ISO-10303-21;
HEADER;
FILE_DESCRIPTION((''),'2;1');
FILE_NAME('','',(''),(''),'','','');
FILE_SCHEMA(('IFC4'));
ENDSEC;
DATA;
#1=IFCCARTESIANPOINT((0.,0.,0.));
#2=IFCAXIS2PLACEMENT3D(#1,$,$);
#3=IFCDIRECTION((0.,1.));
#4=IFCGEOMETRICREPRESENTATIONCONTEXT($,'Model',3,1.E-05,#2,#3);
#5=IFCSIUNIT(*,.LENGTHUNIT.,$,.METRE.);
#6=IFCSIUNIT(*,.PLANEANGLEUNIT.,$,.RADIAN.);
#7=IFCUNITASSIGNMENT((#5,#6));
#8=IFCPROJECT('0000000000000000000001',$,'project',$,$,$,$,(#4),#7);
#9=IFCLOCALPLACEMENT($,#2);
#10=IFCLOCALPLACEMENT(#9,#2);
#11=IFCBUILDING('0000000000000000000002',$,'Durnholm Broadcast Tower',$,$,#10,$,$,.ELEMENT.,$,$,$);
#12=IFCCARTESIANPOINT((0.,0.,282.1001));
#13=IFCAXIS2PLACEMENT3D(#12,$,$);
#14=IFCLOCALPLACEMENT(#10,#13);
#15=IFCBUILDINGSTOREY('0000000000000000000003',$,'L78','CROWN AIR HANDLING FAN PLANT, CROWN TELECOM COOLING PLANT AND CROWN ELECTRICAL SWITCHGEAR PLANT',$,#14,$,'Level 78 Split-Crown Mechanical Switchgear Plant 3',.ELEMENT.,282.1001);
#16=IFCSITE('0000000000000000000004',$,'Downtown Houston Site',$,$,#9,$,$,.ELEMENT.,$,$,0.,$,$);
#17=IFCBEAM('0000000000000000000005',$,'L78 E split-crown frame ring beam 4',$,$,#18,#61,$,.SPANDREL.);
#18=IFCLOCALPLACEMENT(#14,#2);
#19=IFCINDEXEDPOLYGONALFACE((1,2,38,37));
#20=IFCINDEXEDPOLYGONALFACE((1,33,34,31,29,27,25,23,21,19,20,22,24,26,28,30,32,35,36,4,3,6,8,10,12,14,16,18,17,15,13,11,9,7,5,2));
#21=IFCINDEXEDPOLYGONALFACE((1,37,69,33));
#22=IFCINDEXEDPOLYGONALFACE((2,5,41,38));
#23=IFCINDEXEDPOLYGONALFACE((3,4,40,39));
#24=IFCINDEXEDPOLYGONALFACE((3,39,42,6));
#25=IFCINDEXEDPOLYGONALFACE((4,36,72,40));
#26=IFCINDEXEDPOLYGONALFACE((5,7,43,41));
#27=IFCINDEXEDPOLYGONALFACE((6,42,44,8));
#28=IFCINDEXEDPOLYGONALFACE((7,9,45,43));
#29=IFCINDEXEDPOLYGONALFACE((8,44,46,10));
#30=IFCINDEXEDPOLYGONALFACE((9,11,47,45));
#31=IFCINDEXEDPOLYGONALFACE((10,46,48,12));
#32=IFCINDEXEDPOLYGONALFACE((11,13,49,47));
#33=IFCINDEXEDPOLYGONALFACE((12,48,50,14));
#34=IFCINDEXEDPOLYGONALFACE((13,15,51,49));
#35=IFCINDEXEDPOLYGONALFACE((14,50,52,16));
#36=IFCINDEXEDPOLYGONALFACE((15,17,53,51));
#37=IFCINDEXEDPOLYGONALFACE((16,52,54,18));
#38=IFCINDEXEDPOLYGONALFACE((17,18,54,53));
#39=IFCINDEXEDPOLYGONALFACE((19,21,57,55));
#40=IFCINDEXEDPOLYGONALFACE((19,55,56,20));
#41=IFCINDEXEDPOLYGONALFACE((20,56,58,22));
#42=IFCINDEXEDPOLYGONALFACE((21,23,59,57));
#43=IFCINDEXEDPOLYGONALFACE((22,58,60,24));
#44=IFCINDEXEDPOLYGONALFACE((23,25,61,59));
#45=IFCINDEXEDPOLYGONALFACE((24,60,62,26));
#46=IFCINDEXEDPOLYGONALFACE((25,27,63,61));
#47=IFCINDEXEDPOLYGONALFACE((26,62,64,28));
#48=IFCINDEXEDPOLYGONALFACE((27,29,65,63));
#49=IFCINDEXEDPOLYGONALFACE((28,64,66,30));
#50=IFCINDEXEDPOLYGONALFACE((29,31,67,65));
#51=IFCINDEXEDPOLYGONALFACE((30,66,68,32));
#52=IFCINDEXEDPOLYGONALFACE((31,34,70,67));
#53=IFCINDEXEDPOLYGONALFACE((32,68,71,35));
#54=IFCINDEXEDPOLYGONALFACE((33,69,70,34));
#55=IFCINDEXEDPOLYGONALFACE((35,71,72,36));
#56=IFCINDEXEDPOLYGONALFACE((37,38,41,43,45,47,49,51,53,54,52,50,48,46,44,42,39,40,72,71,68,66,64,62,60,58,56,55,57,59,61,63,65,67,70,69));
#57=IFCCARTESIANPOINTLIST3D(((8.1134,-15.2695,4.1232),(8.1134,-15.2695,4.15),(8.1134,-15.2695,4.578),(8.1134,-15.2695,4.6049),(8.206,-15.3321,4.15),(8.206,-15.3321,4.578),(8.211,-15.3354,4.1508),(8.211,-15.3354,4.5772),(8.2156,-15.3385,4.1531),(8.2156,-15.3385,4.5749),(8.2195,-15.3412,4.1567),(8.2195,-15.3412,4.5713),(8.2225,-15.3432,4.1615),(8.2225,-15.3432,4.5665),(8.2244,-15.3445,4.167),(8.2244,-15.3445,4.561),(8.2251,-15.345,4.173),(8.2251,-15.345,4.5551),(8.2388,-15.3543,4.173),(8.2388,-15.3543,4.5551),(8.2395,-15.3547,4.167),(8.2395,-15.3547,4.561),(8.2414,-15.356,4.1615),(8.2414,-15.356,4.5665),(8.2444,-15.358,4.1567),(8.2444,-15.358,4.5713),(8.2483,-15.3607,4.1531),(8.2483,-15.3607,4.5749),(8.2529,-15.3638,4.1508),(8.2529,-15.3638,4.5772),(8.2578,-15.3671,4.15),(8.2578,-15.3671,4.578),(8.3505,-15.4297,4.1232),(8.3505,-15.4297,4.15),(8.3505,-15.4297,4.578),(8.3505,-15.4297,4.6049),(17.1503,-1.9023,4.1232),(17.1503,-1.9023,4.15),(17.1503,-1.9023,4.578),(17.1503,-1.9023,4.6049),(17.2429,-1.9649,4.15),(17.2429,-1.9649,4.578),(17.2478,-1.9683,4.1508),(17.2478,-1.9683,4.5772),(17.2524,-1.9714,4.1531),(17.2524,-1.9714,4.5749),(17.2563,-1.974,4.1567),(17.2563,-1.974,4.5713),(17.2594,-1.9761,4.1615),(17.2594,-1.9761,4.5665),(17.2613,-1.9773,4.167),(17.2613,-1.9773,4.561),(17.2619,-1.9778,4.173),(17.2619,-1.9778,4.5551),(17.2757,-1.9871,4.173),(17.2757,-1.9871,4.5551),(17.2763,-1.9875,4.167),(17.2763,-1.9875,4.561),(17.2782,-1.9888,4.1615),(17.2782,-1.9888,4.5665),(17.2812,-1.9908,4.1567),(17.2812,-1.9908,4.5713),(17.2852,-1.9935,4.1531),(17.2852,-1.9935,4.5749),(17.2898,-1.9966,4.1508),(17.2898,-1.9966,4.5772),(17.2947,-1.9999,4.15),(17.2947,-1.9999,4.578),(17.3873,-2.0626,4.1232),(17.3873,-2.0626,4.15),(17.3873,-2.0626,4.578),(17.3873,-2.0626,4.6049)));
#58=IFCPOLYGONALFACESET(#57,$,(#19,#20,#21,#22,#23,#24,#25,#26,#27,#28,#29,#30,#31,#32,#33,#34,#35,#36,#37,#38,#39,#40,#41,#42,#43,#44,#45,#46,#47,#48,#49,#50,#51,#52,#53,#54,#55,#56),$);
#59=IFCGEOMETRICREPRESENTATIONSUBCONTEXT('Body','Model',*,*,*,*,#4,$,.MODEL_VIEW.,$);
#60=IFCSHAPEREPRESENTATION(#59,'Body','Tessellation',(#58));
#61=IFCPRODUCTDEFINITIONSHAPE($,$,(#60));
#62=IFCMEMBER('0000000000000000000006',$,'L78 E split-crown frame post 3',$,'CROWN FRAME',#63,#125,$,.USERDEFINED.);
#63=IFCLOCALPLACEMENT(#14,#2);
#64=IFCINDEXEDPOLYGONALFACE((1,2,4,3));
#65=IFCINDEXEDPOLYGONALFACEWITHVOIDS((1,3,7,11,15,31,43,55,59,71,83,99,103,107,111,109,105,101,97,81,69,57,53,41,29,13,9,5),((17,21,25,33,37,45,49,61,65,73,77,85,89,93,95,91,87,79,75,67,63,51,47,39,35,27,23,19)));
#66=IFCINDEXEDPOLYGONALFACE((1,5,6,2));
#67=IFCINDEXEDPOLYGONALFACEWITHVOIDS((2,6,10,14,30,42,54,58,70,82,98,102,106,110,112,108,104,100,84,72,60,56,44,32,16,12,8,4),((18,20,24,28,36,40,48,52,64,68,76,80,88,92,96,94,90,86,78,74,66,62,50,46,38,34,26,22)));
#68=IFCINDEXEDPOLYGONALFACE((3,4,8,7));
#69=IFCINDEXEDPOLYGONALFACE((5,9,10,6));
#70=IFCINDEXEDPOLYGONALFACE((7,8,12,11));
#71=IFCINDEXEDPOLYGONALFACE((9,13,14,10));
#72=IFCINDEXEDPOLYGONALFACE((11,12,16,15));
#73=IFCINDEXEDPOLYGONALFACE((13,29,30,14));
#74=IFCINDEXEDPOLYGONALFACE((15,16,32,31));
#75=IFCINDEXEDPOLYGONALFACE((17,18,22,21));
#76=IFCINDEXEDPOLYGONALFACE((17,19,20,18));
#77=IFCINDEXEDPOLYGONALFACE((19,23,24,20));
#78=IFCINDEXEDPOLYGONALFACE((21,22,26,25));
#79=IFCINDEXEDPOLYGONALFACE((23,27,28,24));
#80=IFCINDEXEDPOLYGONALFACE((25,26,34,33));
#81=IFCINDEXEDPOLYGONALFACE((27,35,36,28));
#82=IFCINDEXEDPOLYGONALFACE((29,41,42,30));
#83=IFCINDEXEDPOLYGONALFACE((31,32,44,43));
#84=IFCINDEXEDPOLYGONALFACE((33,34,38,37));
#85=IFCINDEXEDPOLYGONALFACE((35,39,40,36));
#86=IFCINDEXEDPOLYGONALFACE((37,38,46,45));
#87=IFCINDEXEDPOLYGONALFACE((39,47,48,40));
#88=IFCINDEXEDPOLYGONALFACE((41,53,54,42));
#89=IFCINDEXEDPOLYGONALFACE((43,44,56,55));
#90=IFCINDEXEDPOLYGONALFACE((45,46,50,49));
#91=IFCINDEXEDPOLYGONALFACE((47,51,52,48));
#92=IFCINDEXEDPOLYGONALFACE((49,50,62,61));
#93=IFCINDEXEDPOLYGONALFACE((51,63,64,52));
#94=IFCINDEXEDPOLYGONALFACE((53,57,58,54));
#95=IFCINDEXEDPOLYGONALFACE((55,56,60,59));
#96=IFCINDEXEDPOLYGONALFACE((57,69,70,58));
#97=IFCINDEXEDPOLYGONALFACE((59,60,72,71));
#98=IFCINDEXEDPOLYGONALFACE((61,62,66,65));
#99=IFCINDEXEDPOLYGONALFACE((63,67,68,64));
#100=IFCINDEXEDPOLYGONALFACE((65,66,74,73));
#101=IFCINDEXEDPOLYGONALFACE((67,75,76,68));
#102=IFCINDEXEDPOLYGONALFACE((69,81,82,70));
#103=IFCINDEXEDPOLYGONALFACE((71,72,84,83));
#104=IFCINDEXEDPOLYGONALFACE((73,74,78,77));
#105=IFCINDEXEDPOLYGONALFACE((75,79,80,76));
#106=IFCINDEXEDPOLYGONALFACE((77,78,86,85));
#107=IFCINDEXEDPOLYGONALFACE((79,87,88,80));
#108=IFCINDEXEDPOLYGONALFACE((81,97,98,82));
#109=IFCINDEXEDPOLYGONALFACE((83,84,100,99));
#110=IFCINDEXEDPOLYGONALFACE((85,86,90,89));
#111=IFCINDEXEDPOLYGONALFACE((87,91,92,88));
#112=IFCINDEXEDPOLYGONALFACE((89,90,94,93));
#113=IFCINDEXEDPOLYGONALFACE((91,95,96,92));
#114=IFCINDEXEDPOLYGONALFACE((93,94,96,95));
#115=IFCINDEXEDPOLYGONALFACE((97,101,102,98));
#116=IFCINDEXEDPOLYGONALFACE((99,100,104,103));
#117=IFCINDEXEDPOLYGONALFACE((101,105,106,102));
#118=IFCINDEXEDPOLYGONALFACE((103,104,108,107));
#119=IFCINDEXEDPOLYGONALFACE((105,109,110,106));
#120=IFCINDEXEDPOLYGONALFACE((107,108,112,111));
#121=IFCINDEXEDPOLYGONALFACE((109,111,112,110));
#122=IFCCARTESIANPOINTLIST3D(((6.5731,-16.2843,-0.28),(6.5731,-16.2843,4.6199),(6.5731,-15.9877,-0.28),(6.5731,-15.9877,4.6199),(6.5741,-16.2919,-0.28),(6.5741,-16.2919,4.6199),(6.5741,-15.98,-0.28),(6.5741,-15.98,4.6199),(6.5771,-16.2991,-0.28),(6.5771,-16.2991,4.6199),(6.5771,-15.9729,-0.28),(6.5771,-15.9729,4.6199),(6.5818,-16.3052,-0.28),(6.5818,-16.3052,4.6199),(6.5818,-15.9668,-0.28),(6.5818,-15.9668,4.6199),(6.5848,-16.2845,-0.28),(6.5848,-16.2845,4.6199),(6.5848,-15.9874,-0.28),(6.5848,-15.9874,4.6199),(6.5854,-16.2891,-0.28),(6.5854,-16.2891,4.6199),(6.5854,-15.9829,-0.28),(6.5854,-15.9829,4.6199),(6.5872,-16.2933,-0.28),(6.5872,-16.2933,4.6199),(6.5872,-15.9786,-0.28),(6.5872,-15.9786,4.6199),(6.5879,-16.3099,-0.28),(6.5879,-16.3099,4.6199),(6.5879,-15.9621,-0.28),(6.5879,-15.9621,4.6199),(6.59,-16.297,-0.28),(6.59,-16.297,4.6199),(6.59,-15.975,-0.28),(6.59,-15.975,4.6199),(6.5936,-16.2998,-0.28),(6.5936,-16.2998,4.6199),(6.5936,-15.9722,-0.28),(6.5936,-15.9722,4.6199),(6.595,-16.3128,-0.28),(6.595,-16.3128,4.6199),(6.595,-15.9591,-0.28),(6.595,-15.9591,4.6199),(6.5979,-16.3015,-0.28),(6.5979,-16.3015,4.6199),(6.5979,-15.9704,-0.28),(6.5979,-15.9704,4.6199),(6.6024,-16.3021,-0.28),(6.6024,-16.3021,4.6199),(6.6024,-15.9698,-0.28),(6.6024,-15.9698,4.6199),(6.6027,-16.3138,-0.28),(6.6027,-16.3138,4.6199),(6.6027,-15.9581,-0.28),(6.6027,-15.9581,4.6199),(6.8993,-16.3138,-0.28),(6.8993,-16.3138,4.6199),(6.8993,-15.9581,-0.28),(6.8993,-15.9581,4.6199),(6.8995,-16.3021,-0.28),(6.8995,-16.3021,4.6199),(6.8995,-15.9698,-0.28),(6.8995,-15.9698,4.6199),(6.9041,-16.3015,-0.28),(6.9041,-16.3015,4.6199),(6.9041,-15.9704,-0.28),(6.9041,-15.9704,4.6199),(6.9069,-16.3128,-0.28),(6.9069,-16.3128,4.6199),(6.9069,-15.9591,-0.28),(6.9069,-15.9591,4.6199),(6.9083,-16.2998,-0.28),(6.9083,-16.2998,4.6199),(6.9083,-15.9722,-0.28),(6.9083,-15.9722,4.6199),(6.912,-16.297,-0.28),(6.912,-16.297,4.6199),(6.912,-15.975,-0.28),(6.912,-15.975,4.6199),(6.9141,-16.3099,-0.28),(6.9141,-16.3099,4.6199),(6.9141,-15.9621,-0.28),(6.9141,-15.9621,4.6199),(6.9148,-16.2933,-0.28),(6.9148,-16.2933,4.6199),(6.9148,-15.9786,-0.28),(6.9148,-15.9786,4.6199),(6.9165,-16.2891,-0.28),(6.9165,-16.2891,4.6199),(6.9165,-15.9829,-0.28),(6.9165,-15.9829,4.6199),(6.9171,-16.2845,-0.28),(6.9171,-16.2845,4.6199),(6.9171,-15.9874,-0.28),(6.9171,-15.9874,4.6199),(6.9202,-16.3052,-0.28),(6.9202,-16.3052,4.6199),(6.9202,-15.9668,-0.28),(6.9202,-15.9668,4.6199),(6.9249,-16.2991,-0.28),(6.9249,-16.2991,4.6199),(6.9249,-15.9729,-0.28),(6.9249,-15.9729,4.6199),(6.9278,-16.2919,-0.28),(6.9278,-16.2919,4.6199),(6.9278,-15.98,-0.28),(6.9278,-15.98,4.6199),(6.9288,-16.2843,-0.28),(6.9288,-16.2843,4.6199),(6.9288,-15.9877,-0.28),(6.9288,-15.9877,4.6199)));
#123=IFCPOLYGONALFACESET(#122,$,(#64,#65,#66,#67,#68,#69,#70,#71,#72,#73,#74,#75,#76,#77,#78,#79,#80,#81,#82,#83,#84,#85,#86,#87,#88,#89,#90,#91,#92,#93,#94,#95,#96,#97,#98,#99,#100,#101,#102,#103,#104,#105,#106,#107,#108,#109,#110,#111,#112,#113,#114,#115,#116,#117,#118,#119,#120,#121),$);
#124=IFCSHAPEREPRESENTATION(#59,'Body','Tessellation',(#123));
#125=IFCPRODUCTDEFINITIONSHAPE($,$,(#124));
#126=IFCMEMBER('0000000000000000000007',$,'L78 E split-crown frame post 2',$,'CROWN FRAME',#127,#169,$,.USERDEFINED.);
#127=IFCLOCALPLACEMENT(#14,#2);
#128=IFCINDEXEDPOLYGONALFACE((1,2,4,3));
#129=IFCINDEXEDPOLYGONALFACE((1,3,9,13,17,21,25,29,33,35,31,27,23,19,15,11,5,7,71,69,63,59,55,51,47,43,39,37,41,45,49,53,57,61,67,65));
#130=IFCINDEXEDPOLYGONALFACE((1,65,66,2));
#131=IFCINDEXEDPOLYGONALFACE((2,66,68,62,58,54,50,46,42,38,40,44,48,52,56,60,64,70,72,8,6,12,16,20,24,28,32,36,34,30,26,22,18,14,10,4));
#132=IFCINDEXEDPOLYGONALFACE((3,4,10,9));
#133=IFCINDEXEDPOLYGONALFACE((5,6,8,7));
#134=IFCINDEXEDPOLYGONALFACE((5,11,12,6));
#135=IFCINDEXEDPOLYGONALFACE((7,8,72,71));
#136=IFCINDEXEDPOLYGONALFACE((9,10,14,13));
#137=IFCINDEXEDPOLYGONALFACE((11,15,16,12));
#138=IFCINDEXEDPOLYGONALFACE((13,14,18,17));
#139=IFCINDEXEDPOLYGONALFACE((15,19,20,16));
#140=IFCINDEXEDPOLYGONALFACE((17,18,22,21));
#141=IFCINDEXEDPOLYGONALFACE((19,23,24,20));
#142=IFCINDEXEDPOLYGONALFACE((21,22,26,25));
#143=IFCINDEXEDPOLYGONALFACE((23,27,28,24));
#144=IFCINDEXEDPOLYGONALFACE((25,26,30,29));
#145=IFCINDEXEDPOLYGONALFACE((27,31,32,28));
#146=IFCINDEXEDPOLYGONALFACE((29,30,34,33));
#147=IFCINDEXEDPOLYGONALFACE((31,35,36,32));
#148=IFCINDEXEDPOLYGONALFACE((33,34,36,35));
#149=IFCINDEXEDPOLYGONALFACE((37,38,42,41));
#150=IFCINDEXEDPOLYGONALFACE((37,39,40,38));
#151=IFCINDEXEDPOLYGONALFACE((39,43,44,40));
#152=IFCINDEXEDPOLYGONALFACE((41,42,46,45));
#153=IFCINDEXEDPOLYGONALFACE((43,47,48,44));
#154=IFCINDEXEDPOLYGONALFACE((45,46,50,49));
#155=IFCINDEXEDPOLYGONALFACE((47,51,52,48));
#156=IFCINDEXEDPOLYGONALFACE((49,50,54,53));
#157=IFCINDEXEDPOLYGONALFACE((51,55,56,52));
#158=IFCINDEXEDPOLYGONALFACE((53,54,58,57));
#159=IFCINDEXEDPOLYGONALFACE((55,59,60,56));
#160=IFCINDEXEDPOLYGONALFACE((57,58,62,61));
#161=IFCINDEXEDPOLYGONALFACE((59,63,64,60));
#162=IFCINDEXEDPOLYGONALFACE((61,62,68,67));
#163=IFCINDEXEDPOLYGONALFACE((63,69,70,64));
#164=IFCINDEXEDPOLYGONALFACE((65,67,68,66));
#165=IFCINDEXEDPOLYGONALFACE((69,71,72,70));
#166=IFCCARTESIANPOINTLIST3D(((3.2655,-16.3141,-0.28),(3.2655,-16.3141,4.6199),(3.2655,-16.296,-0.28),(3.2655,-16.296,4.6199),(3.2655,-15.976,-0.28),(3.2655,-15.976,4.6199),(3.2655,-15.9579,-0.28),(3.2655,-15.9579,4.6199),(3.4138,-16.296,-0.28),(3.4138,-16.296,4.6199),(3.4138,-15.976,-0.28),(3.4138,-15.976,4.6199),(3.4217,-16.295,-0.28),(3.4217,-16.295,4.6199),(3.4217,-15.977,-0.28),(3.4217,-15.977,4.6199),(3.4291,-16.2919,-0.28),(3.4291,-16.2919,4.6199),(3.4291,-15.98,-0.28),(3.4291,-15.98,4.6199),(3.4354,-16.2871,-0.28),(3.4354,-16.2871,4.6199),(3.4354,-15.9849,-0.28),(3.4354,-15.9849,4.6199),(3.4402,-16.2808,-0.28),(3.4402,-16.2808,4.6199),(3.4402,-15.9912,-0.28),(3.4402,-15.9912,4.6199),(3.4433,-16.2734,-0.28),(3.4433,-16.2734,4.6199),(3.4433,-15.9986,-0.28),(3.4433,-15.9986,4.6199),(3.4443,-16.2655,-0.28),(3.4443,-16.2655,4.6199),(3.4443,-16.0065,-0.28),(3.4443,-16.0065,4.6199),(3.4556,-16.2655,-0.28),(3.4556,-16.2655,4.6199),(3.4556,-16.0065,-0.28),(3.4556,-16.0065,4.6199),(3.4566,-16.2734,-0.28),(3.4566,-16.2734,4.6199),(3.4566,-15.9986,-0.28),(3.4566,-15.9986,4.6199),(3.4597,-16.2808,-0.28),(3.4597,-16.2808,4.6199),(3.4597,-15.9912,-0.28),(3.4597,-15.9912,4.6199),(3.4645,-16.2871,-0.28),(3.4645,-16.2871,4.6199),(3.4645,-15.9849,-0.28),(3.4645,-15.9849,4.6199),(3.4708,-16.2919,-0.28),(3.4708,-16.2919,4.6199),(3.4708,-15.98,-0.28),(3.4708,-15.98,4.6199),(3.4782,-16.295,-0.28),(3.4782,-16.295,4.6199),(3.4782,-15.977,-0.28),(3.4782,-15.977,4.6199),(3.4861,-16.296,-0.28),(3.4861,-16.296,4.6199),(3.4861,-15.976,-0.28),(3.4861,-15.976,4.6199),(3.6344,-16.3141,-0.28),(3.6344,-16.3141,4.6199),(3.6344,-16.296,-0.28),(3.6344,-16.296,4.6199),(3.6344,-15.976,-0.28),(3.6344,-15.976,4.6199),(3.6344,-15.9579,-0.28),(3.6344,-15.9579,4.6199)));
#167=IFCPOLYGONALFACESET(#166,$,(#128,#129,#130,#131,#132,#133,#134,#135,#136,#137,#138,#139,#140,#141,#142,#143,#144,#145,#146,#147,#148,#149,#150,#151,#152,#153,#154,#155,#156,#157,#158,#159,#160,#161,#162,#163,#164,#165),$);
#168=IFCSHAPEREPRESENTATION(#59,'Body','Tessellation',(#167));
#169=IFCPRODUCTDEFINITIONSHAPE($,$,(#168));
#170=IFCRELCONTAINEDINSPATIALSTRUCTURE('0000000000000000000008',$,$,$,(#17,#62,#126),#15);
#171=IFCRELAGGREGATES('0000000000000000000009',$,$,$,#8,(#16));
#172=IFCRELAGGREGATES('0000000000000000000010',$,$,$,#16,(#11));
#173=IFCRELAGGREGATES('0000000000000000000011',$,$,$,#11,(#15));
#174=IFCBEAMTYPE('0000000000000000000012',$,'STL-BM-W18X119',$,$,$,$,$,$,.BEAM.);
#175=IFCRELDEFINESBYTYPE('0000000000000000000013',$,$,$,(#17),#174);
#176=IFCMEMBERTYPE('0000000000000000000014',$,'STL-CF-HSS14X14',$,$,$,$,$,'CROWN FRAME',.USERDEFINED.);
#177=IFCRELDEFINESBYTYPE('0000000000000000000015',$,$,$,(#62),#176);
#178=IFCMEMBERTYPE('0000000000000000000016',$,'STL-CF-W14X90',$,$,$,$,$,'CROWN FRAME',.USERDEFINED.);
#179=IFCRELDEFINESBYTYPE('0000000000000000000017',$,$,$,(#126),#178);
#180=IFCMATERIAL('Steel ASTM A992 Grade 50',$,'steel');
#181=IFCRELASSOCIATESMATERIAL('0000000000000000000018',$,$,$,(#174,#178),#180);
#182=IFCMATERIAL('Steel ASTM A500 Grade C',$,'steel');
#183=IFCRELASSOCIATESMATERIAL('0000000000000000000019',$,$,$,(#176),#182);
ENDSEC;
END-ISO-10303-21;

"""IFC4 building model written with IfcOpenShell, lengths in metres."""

from ifc_helpers import new_model, si_unit, direction, frame, origin, origin_2d, place, context, subcontext, project, spatial, hollow_rectangle, i_section, extrude, source, transform, mapped, material, material_profile, profile_set, type_object, type_shapes, element, save


model = new_model("IFC4")

# Units and contexts
model_context = context("Model", 3, precision=1e-05, world=origin(), true_north=direction((0.0, 1.0)))
body_context = subcontext(model_context, "Body", "Model", "MODEL_VIEW")
ifc_project = project(units=[si_unit("LENGTHUNIT", "METRE"), si_unit("PLANEANGLEUNIT", "RADIAN")], contexts=[model_context])

# Site, building, storey
site_placement = place(None, origin())
site = spatial("IfcSite", under=ifc_project, at=site_placement, Name="Downtown Houston Site", CompositionType="ELEMENT", RefElevation=0.0)
building_placement = place(site_placement, origin())
building = spatial("IfcBuilding", under=site, at=building_placement, Name="Durnholm Broadcast Tower", CompositionType="ELEMENT")
storey_placement = place(building_placement, frame((0.0, 0.0, 282.1001)))
storey = spatial("IfcBuildingStorey", under=building, at=storey_placement, Name="L78", Description="CROWN AIR HANDLING FAN PLANT, CROWN TELECOM COOLING PLANT AND CROWN ELECTRICAL SWITCHGEAR PLANT", LongName="Level 78 Split-Crown Mechanical Switchgear Plant 3", CompositionType="ELEMENT", Elevation=282.1001)

# Shared definitions
ifc_material_1 = material(Name="Steel ASTM A500 Grade C", Category="steel")

# Beam
ifc_material_2 = material(Name="Steel ASTM A992 Grade 50", Category="steel")
ifc_material_profile_1 = material_profile(ifc_material_2, i_section(OverallWidth=0.2861, OverallDepth=0.4817, WebThickness=0.0166, FlangeThickness=0.0269, FilletRadius=0.0229, at=origin_2d()), Name="W18X119")
ifc_profile_set_1 = profile_set([ifc_material_profile_1], Name="Steel ASTM A992 Grade 50")
beam_type_1 = type_object("IfcBeamType", Name="STL-BM-W18X119", PredefinedType="BEAM", material=ifc_profile_set_1)
shared_shape_1 = source(origin(), body_context, "Body", "SweptSolid", [
    extrude(i_section(OverallWidth=0.2861, OverallDepth=0.4817, WebThickness=0.0166, FlangeThickness=0.0269, FilletRadius=0.0229, at=origin_2d()), origin(), (0.0, 0.0, 1.0), 16.1353),
])
beam_1_placement = place(storey_placement, frame((8.2319, -15.3496, 4.364), z_axis=(0.560069, 0.828446, 0.0), x_axis=(-0.828446, 0.560069, 0.0)))
element("IfcBeam", 1, at=beam_1_placement, inside=storey, type_object=beam_type_1, Name="L78 E split-crown frame ring beam 4", PredefinedType="SPANDREL", context=body_context, shape_type="MappedRepresentation", body=[
    mapped(shared_shape_1, transform((0.0, 0.0, 0.0), x_axis=(1.0, 0.0, 0.0), y_axis=(0.0, 1.0, 0.0), z_axis=(0.0, 0.0, 1.0), scale=1.0)),
])

# Members
ifc_material_profile_2 = material_profile(ifc_material_1, hollow_rectangle(XDim=0.3557, YDim=0.3557, WallThickness=0.0117, InnerFilletRadius=0.0176, OuterFilletRadius=0.0295, at=origin_2d()), Name="HSS14X14X1/2")
ifc_profile_set_2 = profile_set([ifc_material_profile_2], Name="Steel ASTM A500 Grade C")
member_type_1 = type_object("IfcMemberType", Name="STL-CF-HSS14X14", ElementType="CROWN FRAME", PredefinedType="USERDEFINED", material=ifc_profile_set_2)
shared_shape_2 = source(origin(), body_context, "Body", "SweptSolid", [
    extrude(hollow_rectangle(XDim=0.3557, YDim=0.3557, WallThickness=0.0117, InnerFilletRadius=0.0176, OuterFilletRadius=0.0295, at=origin_2d()), origin(), (0.0, 0.0, 1.0), 4.8999),
])
type_shapes(member_type_1, [shared_shape_2])
member_1_placement = place(storey_placement, frame((6.751, -16.136, -0.28), z_axis=(0.0, 0.0, 1.0), x_axis=(1.0, 0.0, 0.0)))
element("IfcMember", 2, at=member_1_placement, inside=storey, type_object=member_type_1, Name="L78 E split-crown frame post 3", ObjectType="CROWN FRAME", PredefinedType="USERDEFINED", context=body_context, shape_type="MappedRepresentation", body=[
    mapped(shared_shape_2, transform((0.0, 0.0, 0.0), x_axis=(1.0, 0.0, 0.0), y_axis=(0.0, 1.0, 0.0), z_axis=(0.0, 0.0, 1.0), scale=1.0)),
])
ifc_material_profile_3 = material_profile(ifc_material_2, i_section(OverallWidth=0.3689, OverallDepth=0.3562, WebThickness=0.0112, FlangeThickness=0.0181, FilletRadius=0.0305, at=origin_2d()), Name="W14X90")
ifc_profile_set_3 = profile_set([ifc_material_profile_3], Name="Steel ASTM A992 Grade 50")
member_type_2 = type_object("IfcMemberType", Name="STL-CF-W14X90", ElementType="CROWN FRAME", PredefinedType="USERDEFINED", material=ifc_profile_set_3)
shared_shape_3 = source(origin(), body_context, "Body", "SweptSolid", [
    extrude(i_section(OverallWidth=0.3689, OverallDepth=0.3562, WebThickness=0.0112, FlangeThickness=0.0181, FilletRadius=0.0305, at=origin_2d()), origin(), (0.0, 0.0, 1.0), 4.8999),
])
type_shapes(member_type_2, [shared_shape_3])
for number, where, z_axis, x_axis, name in (
    (3, (3.45, -16.136, -0.28), (0.0, 0.0, 1.0), (1.0, 0.0, 0.0), "L78 E split-crown frame post 2"),
):
    element("IfcMember", number, at=place(storey_placement, frame(where, z_axis=z_axis, x_axis=x_axis)), inside=storey, type_object=member_type_2, Name=name, ObjectType="CROWN FRAME", PredefinedType="USERDEFINED", context=body_context, shape_type="MappedRepresentation", body=[
        mapped(shared_shape_3, transform((0.0, 0.0, 0.0), x_axis=(1.0, 0.0, 0.0), y_axis=(0.0, 1.0, 0.0), z_axis=(0.0, 0.0, 1.0), scale=1.0)),
    ])

save(model, "model.ifc")
